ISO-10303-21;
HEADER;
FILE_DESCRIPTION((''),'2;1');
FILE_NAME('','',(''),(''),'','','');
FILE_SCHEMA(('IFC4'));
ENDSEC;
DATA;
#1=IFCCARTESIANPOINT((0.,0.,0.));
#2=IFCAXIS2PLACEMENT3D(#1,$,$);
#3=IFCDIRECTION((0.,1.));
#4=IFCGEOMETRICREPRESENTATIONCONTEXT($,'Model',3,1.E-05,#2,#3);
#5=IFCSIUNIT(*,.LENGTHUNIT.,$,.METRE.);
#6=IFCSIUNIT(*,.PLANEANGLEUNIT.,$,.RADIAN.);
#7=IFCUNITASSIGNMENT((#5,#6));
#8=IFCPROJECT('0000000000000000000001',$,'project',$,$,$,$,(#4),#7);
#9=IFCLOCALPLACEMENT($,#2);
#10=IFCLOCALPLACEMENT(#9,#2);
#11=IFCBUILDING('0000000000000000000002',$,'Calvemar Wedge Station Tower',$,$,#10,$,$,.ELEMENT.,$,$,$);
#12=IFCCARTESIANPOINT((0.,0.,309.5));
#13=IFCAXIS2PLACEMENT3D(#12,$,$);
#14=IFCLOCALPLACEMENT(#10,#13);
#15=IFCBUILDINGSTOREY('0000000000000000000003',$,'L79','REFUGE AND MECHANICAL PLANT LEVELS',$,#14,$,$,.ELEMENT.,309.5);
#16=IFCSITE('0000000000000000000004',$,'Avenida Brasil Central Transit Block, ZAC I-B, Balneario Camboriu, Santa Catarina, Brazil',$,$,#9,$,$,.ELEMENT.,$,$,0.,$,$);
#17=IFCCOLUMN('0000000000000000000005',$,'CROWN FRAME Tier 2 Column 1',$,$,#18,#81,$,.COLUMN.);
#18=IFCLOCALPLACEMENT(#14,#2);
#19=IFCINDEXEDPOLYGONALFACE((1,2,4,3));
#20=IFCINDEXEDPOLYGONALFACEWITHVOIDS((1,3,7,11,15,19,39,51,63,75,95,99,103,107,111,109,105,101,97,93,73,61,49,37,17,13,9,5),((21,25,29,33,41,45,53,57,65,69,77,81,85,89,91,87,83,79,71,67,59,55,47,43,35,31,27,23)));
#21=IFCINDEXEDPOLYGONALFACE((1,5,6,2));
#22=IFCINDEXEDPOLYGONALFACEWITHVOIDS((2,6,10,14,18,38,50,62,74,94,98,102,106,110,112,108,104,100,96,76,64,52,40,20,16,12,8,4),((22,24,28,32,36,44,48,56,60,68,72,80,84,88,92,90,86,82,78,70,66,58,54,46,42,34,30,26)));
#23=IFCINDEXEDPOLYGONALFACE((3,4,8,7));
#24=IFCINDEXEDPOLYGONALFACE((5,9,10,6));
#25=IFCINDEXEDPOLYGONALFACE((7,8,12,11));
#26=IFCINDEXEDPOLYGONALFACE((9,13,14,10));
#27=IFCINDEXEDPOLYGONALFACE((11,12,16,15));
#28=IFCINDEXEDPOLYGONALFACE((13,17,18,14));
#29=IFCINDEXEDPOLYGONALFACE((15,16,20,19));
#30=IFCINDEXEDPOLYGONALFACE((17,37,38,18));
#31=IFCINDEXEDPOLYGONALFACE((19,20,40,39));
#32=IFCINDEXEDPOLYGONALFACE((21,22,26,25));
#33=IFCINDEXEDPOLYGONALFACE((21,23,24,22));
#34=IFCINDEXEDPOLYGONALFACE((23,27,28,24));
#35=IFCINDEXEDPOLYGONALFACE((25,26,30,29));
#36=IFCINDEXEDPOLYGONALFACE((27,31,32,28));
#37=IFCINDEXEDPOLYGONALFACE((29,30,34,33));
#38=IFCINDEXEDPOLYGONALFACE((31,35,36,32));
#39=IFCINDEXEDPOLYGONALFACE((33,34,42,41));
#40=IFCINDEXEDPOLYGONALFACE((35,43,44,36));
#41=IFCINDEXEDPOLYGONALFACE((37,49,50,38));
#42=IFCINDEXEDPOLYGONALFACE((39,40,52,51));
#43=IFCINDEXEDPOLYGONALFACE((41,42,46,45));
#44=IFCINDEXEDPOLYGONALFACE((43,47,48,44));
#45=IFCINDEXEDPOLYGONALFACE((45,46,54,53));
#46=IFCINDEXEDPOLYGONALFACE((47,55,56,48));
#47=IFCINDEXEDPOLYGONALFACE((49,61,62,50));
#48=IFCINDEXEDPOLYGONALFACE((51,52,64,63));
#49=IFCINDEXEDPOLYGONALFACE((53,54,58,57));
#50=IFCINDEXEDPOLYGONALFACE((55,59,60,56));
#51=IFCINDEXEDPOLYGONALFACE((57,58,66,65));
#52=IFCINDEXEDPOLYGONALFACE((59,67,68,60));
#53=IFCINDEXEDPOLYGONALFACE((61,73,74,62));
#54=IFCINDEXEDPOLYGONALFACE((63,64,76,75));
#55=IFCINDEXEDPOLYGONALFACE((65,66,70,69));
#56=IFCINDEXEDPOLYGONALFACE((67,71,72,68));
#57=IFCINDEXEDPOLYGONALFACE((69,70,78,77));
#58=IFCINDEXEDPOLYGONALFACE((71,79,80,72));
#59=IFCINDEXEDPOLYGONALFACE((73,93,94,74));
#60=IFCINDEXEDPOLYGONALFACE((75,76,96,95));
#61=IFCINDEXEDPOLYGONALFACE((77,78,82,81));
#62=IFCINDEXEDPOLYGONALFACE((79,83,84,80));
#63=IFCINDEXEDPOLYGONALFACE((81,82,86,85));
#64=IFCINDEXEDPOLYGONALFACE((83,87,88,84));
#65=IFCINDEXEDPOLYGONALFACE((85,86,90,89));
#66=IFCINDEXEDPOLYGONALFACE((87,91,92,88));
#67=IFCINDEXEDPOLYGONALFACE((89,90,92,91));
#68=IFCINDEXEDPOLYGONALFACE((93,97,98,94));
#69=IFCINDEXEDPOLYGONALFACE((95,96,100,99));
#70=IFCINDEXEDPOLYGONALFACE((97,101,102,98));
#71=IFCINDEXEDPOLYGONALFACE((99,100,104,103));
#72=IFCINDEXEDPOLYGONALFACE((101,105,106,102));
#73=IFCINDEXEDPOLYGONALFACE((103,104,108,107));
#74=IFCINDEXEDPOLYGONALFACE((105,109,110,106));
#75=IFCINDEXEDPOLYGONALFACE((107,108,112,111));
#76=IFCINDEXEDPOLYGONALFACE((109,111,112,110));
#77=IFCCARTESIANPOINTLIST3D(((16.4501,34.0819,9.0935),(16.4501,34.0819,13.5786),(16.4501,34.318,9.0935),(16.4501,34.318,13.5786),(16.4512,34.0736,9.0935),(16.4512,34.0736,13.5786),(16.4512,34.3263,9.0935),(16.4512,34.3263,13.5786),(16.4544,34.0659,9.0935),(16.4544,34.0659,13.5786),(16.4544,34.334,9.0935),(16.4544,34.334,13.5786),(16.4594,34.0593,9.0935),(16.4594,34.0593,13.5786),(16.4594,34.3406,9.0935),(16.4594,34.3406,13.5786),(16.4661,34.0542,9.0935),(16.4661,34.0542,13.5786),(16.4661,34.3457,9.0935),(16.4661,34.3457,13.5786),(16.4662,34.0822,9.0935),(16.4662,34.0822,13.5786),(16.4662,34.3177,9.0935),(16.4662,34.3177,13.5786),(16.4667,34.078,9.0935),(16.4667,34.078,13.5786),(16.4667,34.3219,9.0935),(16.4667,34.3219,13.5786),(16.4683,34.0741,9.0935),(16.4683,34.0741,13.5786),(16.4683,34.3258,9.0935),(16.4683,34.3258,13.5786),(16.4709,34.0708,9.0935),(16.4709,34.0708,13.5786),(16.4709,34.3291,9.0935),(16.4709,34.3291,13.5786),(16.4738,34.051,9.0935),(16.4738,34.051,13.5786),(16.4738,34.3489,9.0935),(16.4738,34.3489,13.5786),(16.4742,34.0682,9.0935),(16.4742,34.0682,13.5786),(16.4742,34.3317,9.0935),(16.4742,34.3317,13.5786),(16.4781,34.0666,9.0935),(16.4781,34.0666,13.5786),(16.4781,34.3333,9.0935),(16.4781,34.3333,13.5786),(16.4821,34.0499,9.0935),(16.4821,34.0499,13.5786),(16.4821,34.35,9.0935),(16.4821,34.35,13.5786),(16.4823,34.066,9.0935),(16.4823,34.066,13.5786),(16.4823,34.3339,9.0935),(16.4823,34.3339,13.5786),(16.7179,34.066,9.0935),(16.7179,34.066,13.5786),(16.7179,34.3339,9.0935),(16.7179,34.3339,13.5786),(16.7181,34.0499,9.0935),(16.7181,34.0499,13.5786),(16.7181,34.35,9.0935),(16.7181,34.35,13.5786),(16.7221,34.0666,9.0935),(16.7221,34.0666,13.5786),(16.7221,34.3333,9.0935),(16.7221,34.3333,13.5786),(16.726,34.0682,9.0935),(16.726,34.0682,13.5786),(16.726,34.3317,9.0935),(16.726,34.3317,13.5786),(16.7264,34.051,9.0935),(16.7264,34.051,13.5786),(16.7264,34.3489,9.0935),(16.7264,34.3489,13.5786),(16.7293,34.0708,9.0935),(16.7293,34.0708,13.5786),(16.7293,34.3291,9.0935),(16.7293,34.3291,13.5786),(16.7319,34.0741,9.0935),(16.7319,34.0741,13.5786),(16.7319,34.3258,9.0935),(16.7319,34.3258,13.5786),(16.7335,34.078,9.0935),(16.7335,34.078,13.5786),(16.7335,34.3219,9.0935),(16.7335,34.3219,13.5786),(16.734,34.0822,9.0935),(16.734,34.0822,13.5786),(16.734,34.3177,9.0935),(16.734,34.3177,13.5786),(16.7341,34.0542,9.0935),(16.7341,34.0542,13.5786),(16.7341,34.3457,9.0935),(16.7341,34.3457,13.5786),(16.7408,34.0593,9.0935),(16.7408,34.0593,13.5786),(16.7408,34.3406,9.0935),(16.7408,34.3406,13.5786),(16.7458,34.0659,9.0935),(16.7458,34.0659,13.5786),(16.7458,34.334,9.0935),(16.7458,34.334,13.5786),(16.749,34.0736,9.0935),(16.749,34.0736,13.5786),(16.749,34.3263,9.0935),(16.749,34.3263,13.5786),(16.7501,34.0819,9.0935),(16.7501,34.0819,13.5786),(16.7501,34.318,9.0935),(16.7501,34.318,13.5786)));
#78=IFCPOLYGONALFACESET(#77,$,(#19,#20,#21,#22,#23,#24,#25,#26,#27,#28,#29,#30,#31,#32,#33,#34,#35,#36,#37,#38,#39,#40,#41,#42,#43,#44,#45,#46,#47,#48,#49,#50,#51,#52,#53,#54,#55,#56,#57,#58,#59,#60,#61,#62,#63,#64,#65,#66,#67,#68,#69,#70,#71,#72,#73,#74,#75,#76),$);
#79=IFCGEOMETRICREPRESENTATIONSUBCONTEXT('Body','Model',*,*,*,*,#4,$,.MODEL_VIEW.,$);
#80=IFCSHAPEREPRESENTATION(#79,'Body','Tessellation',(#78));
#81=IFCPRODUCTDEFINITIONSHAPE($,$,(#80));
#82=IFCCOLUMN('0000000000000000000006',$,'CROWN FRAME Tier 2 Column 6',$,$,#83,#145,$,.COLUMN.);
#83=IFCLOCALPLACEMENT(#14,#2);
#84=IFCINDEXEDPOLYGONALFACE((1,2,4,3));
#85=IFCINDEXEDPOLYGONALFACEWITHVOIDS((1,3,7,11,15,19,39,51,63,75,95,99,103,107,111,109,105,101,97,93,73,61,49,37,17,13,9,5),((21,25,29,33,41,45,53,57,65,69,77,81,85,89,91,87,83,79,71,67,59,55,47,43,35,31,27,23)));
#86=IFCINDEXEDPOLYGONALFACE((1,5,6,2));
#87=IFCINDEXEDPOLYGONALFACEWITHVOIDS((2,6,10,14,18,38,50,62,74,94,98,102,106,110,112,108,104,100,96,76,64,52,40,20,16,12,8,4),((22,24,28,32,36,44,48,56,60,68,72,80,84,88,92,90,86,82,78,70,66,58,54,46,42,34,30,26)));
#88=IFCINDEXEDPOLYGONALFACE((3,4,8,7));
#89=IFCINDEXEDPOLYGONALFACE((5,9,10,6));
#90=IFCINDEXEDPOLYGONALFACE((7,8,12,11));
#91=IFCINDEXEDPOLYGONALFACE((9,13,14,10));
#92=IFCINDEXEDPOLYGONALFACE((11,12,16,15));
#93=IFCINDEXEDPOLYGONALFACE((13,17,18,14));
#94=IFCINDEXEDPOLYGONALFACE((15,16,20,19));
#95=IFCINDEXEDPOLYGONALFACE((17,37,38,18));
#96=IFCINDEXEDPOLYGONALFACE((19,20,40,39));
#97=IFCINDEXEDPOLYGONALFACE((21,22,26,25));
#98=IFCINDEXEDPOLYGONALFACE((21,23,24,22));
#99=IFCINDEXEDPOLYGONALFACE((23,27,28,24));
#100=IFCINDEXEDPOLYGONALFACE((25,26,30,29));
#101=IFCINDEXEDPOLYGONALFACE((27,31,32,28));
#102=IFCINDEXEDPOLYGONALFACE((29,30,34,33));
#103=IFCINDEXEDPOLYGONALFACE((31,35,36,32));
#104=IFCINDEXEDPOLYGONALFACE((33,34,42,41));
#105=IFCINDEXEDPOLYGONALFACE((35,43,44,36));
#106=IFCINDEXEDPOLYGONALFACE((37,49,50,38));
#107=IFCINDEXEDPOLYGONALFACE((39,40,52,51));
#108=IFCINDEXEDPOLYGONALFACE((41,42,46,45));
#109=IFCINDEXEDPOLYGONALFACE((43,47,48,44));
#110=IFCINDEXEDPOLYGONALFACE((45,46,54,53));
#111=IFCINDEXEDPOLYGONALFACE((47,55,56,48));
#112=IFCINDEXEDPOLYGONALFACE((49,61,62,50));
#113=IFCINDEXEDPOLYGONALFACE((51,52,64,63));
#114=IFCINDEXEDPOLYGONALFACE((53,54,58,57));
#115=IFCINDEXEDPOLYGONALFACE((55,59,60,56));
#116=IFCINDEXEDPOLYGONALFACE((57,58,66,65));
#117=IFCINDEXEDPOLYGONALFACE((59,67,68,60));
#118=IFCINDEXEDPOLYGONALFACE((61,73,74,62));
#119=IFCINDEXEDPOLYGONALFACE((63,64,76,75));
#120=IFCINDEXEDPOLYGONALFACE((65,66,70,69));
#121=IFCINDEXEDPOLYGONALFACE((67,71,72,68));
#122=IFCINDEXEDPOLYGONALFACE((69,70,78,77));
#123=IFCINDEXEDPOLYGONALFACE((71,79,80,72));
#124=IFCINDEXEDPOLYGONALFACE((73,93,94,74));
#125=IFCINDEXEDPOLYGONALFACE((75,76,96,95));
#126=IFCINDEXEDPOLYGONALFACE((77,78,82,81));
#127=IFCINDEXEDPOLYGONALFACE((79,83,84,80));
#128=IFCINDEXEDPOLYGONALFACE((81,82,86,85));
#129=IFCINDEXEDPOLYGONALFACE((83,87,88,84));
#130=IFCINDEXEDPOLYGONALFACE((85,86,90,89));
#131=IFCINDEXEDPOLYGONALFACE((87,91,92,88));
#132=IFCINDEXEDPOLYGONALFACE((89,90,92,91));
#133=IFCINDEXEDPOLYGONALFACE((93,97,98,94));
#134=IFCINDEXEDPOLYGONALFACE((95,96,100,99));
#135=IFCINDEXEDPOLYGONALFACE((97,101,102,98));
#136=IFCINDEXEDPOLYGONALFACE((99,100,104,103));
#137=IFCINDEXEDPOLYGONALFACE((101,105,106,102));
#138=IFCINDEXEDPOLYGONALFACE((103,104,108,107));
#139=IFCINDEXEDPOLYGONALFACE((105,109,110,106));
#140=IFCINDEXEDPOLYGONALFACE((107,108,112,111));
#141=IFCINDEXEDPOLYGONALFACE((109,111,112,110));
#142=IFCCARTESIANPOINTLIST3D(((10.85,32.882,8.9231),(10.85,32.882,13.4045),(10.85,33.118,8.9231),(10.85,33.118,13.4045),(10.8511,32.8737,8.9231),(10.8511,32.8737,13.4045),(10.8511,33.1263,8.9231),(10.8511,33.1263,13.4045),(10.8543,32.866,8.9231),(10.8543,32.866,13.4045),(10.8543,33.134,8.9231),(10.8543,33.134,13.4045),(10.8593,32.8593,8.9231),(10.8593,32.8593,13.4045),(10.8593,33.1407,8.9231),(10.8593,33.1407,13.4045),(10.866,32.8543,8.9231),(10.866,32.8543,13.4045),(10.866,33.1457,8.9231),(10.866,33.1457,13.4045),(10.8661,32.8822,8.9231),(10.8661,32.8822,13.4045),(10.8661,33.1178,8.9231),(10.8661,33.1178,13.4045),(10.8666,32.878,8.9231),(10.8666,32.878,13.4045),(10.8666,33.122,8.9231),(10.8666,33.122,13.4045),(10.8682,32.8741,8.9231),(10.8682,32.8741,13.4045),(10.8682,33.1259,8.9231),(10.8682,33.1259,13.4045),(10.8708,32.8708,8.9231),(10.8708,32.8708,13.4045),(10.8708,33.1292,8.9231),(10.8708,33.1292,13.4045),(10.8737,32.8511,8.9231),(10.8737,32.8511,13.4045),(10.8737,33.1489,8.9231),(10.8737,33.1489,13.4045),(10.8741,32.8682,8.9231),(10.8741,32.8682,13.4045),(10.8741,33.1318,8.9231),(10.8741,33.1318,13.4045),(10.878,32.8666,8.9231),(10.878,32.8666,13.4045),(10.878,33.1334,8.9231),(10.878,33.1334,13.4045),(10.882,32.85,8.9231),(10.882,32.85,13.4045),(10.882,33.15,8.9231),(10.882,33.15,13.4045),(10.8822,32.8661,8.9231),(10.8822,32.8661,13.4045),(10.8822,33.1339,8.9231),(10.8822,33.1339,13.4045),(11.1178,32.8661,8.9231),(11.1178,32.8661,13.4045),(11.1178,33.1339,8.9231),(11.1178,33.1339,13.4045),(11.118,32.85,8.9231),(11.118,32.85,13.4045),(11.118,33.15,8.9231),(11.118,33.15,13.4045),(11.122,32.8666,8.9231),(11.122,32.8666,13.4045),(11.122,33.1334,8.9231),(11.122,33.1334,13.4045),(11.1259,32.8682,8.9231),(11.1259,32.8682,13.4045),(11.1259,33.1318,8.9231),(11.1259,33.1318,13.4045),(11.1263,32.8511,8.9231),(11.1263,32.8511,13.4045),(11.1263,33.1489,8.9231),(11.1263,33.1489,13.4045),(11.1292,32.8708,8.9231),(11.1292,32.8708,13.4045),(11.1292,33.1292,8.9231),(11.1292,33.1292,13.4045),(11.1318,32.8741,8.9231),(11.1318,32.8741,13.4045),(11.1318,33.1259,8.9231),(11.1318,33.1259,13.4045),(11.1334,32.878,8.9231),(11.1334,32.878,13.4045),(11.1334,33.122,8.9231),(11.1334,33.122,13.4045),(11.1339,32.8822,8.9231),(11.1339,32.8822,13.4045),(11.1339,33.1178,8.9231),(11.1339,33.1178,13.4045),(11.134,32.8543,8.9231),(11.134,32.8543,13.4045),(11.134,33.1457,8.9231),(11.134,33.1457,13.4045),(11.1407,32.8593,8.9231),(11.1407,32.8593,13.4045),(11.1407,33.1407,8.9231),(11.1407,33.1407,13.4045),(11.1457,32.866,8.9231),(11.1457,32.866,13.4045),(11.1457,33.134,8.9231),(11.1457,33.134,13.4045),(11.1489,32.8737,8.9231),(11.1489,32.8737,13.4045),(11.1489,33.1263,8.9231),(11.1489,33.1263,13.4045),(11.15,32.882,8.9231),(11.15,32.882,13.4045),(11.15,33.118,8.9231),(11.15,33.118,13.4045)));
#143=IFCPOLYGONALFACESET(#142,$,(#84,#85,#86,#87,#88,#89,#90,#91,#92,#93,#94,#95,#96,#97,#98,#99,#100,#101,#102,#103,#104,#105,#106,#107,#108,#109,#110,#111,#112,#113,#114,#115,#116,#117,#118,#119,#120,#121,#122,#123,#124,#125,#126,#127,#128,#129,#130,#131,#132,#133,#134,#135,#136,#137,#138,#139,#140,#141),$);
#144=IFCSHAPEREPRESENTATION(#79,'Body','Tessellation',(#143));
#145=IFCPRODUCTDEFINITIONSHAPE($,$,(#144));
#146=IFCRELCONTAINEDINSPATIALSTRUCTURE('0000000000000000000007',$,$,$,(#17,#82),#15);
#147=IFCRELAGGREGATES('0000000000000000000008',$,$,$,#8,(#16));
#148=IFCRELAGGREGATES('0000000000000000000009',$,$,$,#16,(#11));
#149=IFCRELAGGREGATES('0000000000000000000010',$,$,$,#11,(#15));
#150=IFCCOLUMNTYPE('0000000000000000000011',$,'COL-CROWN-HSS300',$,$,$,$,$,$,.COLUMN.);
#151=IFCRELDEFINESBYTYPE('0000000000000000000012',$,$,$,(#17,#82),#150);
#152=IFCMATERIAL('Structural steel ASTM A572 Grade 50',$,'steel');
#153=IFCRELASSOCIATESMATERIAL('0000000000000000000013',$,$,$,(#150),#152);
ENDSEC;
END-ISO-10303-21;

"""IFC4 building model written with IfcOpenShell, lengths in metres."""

from ifc_helpers import new_model, si_unit, direction, frame, origin, origin_2d, place, context, subcontext, project, spatial, hollow_rectangle, extrude, source, transform, mapped, material, material_profile, profile_set, type_object, element, save


model = new_model("IFC4")

# Units and contexts
model_context = context("Model", 3, precision=1e-05, world=origin(), true_north=direction((0.0, 1.0)))
body_context = subcontext(model_context, "Body", "Model", "MODEL_VIEW")
ifc_project = project(units=[si_unit("LENGTHUNIT", "METRE"), si_unit("PLANEANGLEUNIT", "RADIAN")], contexts=[model_context])

# Site, building, storey
site_placement = place(None, origin())
site = spatial("IfcSite", under=ifc_project, at=site_placement, Name="Avenida Brasil Central Transit Block, ZAC I-B, Balneario Camboriu, Santa Catarina, Brazil", CompositionType="ELEMENT", RefElevation=0.0)
building_placement = place(site_placement, origin())
building = spatial("IfcBuilding", under=site, at=building_placement, Name="Calvemar Wedge Station Tower", CompositionType="ELEMENT")
storey_placement = place(building_placement, frame((0.0, 0.0, 309.5)))
storey = spatial("IfcBuildingStorey", under=building, at=storey_placement, Name="L79", Description="REFUGE AND MECHANICAL PLANT LEVELS", CompositionType="ELEMENT", Elevation=309.5)

# Columns
ifc_material_1 = material(Name="Structural steel ASTM A572 Grade 50", Category="steel")
ifc_material_profile_1 = material_profile(ifc_material_1, hollow_rectangle(XDim=0.3, YDim=0.3, WallThickness=0.0161, InnerFilletRadius=0.0161, OuterFilletRadius=0.032, at=origin_2d()), Name="HSS300x300x16")
ifc_profile_set_1 = profile_set([ifc_material_profile_1], Name="Structural steel ASTM A572 Grade 50")
column_type_1 = type_object("IfcColumnType", Name="COL-CROWN-HSS300", PredefinedType="COLUMN", material=ifc_profile_set_1)
shared_shape_1 = source(origin(), body_context, "Body", "SweptSolid", [
    extrude(hollow_rectangle(XDim=0.3, YDim=0.3, WallThickness=0.0161, InnerFilletRadius=0.0161, OuterFilletRadius=0.032, at=origin_2d()), origin(), (0.0, 0.0, 1.0), 4.4851),
])
column_1_placement = place(storey_placement, frame((16.6001, 34.2, 9.0935), z_axis=(0.0, 0.0, 1.0), x_axis=(1.0, 0.0, 0.0)))
element("IfcColumn", 1, at=column_1_placement, inside=storey, type_object=column_type_1, Name="CROWN FRAME Tier 2 Column 1", PredefinedType="COLUMN", context=body_context, shape_type="MappedRepresentation", body=[
    mapped(shared_shape_1, transform((0.0, 0.0, 0.0), scale=1.0)),
])
shared_shape_2 = source(origin(), body_context, "Body", "SweptSolid", [
    extrude(hollow_rectangle(XDim=0.3, YDim=0.3, WallThickness=0.0161, InnerFilletRadius=0.0161, OuterFilletRadius=0.032, at=origin_2d()), origin(), (0.0, 0.0, 1.0), 4.4814),
])
column_2_placement = place(storey_placement, frame((11.0, 33.0, 8.9231), z_axis=(0.0, 0.0, 1.0), x_axis=(1.0, 0.0, 0.0)))
element("IfcColumn", 2, at=column_2_placement, inside=storey, type_object=column_type_1, Name="CROWN FRAME Tier 2 Column 6", PredefinedType="COLUMN", context=body_context, shape_type="MappedRepresentation", body=[
    mapped(shared_shape_2, transform((0.0, 0.0, 0.0), scale=1.0)),
])

save(model, "model.ifc")
